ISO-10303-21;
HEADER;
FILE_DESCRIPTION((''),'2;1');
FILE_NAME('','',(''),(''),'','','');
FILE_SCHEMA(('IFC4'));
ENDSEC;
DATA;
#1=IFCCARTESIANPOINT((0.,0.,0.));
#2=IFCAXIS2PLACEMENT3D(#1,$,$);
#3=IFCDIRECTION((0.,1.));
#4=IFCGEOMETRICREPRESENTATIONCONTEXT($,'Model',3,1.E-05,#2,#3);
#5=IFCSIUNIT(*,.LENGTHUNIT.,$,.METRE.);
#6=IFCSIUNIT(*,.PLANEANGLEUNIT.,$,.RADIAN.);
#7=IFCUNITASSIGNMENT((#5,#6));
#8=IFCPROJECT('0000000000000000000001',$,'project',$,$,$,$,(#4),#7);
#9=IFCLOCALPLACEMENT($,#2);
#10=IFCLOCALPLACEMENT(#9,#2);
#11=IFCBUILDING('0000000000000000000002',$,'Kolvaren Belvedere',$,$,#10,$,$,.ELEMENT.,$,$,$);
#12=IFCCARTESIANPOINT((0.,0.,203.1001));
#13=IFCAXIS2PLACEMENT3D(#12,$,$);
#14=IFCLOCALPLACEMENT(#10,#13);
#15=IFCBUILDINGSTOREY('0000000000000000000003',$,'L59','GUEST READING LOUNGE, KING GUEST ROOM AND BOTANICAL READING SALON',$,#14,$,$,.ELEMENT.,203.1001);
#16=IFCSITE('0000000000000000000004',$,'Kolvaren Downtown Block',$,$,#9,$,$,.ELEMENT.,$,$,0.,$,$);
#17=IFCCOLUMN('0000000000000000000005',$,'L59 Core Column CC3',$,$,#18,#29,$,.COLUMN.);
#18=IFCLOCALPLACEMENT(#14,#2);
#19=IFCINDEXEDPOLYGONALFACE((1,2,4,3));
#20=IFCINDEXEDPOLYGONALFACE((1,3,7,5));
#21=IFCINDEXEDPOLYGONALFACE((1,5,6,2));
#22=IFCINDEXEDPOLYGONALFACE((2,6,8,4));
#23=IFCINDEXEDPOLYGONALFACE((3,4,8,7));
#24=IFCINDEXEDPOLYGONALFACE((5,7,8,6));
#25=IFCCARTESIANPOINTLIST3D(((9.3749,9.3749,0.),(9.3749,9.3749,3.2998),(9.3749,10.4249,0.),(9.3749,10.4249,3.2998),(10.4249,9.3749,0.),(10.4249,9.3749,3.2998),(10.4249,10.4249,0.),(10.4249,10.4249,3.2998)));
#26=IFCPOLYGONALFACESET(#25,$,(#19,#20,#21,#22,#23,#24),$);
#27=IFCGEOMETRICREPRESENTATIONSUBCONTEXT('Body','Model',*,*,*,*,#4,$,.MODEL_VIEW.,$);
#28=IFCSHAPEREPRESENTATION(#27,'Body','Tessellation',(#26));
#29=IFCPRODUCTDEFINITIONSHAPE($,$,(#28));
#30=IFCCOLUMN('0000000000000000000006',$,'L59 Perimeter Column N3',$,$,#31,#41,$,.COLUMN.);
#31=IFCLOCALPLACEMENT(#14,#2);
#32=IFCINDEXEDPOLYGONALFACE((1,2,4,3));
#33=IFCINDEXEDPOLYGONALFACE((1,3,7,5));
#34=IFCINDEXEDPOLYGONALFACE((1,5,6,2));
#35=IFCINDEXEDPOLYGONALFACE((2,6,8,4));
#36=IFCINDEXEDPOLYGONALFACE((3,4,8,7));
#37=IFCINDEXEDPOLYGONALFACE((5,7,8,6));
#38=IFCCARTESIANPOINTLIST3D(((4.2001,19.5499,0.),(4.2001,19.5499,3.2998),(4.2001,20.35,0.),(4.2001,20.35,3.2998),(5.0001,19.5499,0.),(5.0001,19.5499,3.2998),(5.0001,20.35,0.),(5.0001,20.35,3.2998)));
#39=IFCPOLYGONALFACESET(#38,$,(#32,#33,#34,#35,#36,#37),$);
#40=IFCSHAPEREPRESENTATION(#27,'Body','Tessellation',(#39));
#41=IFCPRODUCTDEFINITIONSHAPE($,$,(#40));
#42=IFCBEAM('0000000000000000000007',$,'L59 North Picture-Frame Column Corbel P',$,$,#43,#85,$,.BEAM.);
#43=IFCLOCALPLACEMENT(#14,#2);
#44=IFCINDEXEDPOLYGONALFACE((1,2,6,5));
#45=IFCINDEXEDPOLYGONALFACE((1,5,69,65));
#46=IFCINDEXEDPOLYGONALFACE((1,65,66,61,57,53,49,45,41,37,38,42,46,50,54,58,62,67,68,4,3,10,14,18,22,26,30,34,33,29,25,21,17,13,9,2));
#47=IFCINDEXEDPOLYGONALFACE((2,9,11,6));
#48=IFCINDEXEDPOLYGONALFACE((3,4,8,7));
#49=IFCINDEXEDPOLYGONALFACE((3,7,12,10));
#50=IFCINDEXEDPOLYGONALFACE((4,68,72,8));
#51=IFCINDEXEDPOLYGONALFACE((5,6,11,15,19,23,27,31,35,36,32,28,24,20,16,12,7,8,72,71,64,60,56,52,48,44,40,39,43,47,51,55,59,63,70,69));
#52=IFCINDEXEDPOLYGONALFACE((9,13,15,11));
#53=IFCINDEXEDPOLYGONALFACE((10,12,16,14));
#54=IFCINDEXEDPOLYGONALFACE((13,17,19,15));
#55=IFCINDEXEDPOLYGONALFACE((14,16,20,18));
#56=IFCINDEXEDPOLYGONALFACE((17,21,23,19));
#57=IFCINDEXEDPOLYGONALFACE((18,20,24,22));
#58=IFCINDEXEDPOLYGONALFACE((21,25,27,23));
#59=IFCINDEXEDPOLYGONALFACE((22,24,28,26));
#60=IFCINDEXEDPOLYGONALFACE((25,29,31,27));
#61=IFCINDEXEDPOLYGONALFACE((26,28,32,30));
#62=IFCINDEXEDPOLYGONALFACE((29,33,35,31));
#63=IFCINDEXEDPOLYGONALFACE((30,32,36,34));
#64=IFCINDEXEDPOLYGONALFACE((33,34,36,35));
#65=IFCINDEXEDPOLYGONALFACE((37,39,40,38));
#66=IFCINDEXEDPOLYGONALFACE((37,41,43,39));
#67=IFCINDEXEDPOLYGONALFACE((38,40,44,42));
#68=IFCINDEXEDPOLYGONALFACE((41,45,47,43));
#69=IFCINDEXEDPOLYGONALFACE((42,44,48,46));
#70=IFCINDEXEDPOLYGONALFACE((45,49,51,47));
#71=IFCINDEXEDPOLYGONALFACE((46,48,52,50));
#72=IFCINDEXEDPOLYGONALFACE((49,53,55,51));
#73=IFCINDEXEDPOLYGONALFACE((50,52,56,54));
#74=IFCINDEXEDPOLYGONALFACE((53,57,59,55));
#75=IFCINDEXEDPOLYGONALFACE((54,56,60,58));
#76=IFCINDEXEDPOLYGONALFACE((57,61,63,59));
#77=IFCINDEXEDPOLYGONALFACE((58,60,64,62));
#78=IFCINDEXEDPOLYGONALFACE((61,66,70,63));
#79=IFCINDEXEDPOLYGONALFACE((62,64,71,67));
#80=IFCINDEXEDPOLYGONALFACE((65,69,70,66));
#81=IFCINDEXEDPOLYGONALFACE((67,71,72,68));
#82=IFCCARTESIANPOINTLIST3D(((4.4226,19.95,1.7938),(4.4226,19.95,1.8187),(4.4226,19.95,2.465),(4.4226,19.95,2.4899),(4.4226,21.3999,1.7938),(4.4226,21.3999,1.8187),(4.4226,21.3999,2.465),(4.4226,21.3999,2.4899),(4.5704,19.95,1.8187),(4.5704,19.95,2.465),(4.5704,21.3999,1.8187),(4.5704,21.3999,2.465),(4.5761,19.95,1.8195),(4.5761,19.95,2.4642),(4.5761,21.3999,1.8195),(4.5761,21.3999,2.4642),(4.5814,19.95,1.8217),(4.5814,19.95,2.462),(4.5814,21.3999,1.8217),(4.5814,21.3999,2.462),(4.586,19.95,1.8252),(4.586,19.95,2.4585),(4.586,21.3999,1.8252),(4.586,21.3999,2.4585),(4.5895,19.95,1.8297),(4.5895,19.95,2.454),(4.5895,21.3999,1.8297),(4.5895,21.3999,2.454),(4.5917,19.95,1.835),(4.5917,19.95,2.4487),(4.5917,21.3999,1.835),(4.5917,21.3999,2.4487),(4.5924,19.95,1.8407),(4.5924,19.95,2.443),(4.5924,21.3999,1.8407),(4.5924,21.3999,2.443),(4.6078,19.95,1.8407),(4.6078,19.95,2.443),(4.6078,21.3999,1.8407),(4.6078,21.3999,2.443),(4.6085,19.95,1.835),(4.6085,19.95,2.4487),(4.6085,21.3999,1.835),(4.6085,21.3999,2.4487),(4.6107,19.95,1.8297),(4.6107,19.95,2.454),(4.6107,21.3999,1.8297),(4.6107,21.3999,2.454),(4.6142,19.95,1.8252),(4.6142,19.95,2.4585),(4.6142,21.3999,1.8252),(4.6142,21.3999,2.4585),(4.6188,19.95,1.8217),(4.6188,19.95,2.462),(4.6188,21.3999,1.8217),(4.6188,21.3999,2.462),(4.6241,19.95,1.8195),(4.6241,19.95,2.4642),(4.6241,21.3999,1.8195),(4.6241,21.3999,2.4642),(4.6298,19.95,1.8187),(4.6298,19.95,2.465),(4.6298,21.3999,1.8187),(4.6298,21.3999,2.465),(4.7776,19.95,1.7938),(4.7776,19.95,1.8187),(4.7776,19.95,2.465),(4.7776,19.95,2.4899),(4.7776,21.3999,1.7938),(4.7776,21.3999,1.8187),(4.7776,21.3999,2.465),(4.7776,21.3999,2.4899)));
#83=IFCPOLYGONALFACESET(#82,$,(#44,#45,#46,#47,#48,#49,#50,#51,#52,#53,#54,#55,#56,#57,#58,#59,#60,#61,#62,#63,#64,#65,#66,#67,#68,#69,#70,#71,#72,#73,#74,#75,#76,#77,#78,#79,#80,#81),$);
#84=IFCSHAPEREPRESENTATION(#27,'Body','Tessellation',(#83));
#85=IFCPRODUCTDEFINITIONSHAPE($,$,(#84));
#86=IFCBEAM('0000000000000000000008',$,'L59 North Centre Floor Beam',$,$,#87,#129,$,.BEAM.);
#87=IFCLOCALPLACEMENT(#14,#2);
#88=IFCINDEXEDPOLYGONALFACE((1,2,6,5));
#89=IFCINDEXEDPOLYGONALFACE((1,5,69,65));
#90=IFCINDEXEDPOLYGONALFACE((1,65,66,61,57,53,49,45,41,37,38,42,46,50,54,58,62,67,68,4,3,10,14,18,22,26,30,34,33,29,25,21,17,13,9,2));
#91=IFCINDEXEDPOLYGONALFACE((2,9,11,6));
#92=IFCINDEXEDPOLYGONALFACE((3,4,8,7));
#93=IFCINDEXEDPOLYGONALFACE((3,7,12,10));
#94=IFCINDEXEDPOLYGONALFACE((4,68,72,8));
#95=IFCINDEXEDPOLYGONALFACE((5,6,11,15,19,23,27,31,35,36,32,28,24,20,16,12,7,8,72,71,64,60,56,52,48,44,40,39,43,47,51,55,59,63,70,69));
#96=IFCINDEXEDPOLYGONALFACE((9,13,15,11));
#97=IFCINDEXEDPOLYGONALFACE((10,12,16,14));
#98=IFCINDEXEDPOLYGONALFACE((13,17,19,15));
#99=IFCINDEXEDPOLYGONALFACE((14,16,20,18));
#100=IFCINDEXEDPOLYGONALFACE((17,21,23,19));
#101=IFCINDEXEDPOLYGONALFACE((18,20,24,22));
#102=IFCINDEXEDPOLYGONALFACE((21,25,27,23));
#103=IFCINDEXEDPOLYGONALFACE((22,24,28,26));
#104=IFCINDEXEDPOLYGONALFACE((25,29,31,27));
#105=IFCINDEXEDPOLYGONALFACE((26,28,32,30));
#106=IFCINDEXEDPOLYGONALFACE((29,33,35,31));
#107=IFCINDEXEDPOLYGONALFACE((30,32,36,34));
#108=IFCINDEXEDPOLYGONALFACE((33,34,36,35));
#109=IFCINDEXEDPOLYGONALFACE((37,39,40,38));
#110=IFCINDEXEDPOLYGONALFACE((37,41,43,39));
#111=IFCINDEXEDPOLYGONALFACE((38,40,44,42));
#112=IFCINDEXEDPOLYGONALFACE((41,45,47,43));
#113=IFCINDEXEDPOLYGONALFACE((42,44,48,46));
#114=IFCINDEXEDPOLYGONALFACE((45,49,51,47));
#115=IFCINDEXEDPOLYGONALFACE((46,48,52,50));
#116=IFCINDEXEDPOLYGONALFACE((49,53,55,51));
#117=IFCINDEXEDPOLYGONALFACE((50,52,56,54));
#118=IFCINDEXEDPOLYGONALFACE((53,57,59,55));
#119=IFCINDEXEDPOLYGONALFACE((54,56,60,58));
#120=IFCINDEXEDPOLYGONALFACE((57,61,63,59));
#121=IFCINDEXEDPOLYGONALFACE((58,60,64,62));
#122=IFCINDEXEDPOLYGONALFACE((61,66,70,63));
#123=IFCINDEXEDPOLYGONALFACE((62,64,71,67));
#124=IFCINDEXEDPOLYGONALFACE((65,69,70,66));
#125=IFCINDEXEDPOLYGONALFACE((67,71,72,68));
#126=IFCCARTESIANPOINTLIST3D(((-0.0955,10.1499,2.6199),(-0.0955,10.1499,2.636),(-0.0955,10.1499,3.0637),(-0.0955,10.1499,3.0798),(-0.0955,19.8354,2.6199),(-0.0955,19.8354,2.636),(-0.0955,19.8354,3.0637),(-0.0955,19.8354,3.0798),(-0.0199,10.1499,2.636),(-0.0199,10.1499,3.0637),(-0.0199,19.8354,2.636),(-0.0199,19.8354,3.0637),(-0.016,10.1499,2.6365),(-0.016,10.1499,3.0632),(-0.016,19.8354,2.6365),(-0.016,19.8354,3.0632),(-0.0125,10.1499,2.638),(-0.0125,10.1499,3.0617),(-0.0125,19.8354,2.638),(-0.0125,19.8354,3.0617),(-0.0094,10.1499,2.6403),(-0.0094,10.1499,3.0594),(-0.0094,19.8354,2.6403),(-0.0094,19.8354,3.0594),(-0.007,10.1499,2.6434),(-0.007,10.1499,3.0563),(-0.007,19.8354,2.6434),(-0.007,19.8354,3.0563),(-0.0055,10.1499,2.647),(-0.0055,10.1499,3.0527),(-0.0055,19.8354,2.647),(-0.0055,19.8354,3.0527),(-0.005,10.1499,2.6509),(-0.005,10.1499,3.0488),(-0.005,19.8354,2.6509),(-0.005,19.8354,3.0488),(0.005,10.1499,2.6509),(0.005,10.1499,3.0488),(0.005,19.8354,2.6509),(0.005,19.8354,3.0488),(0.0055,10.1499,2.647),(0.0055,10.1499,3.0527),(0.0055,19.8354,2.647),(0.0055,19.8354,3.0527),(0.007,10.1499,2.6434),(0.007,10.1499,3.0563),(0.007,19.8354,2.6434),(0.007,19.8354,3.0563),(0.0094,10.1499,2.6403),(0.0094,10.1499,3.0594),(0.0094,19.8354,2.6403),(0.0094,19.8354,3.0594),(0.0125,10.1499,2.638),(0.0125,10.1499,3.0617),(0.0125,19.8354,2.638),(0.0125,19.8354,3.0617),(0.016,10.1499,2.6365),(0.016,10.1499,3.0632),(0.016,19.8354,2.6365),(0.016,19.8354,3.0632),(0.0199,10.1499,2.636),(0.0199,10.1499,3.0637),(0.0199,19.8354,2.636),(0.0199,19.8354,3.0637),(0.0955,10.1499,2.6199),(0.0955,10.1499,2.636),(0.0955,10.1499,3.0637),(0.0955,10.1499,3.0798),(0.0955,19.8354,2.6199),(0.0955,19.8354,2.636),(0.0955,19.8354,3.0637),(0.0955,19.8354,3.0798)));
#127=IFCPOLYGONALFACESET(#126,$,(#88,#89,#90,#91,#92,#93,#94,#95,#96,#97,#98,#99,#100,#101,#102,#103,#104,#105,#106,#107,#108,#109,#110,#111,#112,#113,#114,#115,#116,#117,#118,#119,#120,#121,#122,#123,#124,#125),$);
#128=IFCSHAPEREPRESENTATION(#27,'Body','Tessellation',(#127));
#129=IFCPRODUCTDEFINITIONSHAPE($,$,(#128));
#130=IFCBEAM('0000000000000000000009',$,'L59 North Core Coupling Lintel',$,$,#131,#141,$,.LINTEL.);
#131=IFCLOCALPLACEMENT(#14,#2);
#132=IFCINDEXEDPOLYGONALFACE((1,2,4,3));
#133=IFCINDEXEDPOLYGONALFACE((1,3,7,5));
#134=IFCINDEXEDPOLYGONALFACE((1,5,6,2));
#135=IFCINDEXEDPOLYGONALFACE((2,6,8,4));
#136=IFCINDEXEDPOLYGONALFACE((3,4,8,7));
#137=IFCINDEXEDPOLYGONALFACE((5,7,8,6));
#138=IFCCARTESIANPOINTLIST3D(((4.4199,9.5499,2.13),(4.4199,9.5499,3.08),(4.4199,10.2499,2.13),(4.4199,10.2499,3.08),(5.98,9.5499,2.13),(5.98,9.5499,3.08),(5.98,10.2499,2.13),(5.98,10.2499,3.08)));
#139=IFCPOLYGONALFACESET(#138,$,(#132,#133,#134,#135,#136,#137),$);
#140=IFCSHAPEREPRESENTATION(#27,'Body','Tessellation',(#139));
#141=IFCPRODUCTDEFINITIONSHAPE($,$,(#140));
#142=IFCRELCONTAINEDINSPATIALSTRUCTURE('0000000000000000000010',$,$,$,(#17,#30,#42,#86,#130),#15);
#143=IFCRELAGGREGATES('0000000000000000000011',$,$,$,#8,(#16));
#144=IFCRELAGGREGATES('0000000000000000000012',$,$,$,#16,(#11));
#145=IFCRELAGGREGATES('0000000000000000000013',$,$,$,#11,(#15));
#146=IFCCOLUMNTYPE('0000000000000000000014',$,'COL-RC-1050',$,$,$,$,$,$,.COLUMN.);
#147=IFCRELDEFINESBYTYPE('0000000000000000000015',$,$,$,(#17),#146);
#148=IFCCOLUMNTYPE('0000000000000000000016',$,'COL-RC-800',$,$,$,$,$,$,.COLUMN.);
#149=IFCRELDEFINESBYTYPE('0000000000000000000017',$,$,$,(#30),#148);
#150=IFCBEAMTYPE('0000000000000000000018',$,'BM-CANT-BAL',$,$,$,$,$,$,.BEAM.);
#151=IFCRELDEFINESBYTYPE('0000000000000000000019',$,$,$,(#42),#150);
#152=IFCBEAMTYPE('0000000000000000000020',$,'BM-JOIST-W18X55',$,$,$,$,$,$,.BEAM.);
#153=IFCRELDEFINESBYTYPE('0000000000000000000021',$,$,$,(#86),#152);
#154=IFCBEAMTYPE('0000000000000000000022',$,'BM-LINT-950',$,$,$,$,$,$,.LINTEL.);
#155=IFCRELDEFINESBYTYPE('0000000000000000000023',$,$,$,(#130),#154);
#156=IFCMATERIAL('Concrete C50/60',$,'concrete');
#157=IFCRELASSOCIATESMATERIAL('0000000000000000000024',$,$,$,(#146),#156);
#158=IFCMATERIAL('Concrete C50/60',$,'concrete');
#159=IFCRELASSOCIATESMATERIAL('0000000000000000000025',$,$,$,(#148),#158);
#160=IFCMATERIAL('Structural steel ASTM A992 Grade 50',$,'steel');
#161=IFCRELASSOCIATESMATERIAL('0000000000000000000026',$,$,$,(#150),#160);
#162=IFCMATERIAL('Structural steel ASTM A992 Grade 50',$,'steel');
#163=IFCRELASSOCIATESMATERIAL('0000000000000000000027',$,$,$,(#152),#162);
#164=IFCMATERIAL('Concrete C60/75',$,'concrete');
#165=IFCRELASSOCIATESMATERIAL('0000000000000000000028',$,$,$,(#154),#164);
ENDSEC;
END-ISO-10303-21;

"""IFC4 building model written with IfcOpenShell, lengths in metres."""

from ifc_helpers import new_model, si_unit, direction, frame, origin, origin_2d, place, context, subcontext, project, spatial, rectangle, i_section, extrude, material, material_profile, profile_set, type_object, element, save


model = new_model("IFC4")

# Units and contexts
model_context = context("Model", 3, precision=1e-05, world=origin(), true_north=direction((0.0, 1.0)))
body_context = subcontext(model_context, "Body", "Model", "MODEL_VIEW")
ifc_project = project(units=[si_unit("LENGTHUNIT", "METRE"), si_unit("PLANEANGLEUNIT", "RADIAN")], contexts=[model_context])

# Site, building, storey
site_placement = place(None, origin())
site = spatial("IfcSite", under=ifc_project, at=site_placement, Name="Kolvaren Downtown Block", CompositionType="ELEMENT", RefElevation=0.0)
building_placement = place(site_placement, origin())
building = spatial("IfcBuilding", under=site, at=building_placement, Name="Kolvaren Belvedere", CompositionType="ELEMENT")
storey_placement = place(building_placement, frame((0.0, 0.0, 203.1001)))
storey = spatial("IfcBuildingStorey", under=building, at=storey_placement, Name="L59", Description="GUEST READING LOUNGE, KING GUEST ROOM AND BOTANICAL READING SALON", CompositionType="ELEMENT", Elevation=203.1001)

# Columns
ifc_material_1 = material(Name="Concrete C50/60", Category="concrete")
ifc_material_profile_1 = material_profile(ifc_material_1, rectangle(XDim=1.05, YDim=1.05, at=origin_2d()), Name="RC 1050X1050")
ifc_profile_set_1 = profile_set([ifc_material_profile_1], Name="Concrete C50/60")
column_type_1 = type_object("IfcColumnType", Name="COL-RC-1050", PredefinedType="COLUMN", material=ifc_profile_set_1)
column_1_placement = place(storey_placement, frame((9.8999, 9.8999, 0.0), z_axis=(0.0, 0.0, 1.0), x_axis=(1.0, 0.0, 0.0)))
element("IfcColumn", 1, at=column_1_placement, inside=storey, type_object=column_type_1, Name="L59 Core Column CC3", PredefinedType="COLUMN", context=body_context, shape_type="SweptSolid", body=[
    extrude(rectangle(XDim=1.05, YDim=1.05, at=origin_2d()), origin(), (0.0, 0.0, 1.0), 3.2998),
])
ifc_material_2 = material(Name="Concrete C50/60", Category="concrete")
ifc_material_profile_2 = material_profile(ifc_material_2, rectangle(XDim=0.8, YDim=0.8, at=origin_2d()), Name="RC 800X800")
ifc_profile_set_2 = profile_set([ifc_material_profile_2], Name="Concrete C50/60")
column_type_2 = type_object("IfcColumnType", Name="COL-RC-800", PredefinedType="COLUMN", material=ifc_profile_set_2)
column_2_placement = place(storey_placement, frame((4.6001, 19.95, 0.0), z_axis=(0.0, 0.0, 1.0), x_axis=(1.0, 0.0, 0.0)))
element("IfcColumn", 2, at=column_2_placement, inside=storey, type_object=column_type_2, Name="L59 Perimeter Column N3", PredefinedType="COLUMN", context=body_context, shape_type="SweptSolid", body=[
    extrude(rectangle(XDim=0.8, YDim=0.8, at=origin_2d()), origin(), (0.0, 0.0, 1.0), 3.2998),
])

# Beams
ifc_material_3 = material(Name="Structural steel ASTM A992 Grade 50", Category="steel")
ifc_material_profile_3 = material_profile(ifc_material_3, i_section(OverallWidth=0.355, OverallDepth=0.696, WebThickness=0.0154, FlangeThickness=0.0249, FilletRadius=0.022, at=origin_2d()), Name="W27X146")
ifc_profile_set_3 = profile_set([ifc_material_profile_3], Name="Structural steel ASTM A992 Grade 50")
beam_type_1 = type_object("IfcBeamType", Name="BM-CANT-BAL", PredefinedType="BEAM", material=ifc_profile_set_3)
beam_1_placement = place(storey_placement, frame((4.6001, 19.95, 2.1418), z_axis=(0.0, 1.0, 0.0), x_axis=(-1.0, 0.0, 0.0)))
element("IfcBeam", 3, at=beam_1_placement, inside=storey, type_object=beam_type_1, Name="L59 North Picture-Frame Column Corbel P", PredefinedType="BEAM", context=body_context, shape_type="SweptSolid", body=[
    extrude(i_section(OverallWidth=0.355, OverallDepth=0.696, WebThickness=0.0154, FlangeThickness=0.0249, FilletRadius=0.022, at=origin_2d()), origin(), (0.0, 0.0, 1.0), 1.45),
])
ifc_material_4 = material(Name="Structural steel ASTM A992 Grade 50", Category="steel")
ifc_material_profile_4 = material_profile(ifc_material_4, i_section(OverallWidth=0.1909, OverallDepth=0.46, WebThickness=0.01, FlangeThickness=0.0161, FilletRadius=0.0149, at=origin_2d()), Name="W18X55")
ifc_profile_set_4 = profile_set([ifc_material_profile_4], Name="Structural steel ASTM A992 Grade 50")
beam_type_2 = type_object("IfcBeamType", Name="BM-JOIST-W18X55", PredefinedType="BEAM", material=ifc_profile_set_4)
beam_2_placement = place(storey_placement, frame((0.0, 10.1499, 2.8499), z_axis=(0.0, 1.0, 0.0), x_axis=(-1.0, 0.0, 0.0)))
element("IfcBeam", 4, at=beam_2_placement, inside=storey, type_object=beam_type_2, Name="L59 North Centre Floor Beam", PredefinedType="BEAM", context=body_context, shape_type="SweptSolid", body=[
    extrude(i_section(OverallWidth=0.1909, OverallDepth=0.46, WebThickness=0.01, FlangeThickness=0.0161, FilletRadius=0.0149, at=origin_2d()), origin(), (0.0, 0.0, 1.0), 9.6855),
])
ifc_material_5 = material(Name="Concrete C60/75", Category="concrete")
ifc_material_profile_5 = material_profile(ifc_material_5, rectangle(XDim=0.7, YDim=0.95, at=origin_2d()), Name="RC 700X950")
ifc_profile_set_5 = profile_set([ifc_material_profile_5], Name="Concrete C60/75")
beam_type_3 = type_object("IfcBeamType", Name="BM-LINT-950", PredefinedType="LINTEL", material=ifc_profile_set_5)
beam_3_placement = place(storey_placement, frame((4.4199, 9.8999, 2.605), z_axis=(1.0, 0.0, 0.0), x_axis=(0.0, 1.0, 0.0)))
element("IfcBeam", 5, at=beam_3_placement, inside=storey, type_object=beam_type_3, Name="L59 North Core Coupling Lintel", PredefinedType="LINTEL", context=body_context, shape_type="SweptSolid", body=[
    extrude(rectangle(XDim=0.7, YDim=0.95, at=origin_2d()), origin(), (0.0, 0.0, 1.0), 1.5601),
])

save(model, "model.ifc")
